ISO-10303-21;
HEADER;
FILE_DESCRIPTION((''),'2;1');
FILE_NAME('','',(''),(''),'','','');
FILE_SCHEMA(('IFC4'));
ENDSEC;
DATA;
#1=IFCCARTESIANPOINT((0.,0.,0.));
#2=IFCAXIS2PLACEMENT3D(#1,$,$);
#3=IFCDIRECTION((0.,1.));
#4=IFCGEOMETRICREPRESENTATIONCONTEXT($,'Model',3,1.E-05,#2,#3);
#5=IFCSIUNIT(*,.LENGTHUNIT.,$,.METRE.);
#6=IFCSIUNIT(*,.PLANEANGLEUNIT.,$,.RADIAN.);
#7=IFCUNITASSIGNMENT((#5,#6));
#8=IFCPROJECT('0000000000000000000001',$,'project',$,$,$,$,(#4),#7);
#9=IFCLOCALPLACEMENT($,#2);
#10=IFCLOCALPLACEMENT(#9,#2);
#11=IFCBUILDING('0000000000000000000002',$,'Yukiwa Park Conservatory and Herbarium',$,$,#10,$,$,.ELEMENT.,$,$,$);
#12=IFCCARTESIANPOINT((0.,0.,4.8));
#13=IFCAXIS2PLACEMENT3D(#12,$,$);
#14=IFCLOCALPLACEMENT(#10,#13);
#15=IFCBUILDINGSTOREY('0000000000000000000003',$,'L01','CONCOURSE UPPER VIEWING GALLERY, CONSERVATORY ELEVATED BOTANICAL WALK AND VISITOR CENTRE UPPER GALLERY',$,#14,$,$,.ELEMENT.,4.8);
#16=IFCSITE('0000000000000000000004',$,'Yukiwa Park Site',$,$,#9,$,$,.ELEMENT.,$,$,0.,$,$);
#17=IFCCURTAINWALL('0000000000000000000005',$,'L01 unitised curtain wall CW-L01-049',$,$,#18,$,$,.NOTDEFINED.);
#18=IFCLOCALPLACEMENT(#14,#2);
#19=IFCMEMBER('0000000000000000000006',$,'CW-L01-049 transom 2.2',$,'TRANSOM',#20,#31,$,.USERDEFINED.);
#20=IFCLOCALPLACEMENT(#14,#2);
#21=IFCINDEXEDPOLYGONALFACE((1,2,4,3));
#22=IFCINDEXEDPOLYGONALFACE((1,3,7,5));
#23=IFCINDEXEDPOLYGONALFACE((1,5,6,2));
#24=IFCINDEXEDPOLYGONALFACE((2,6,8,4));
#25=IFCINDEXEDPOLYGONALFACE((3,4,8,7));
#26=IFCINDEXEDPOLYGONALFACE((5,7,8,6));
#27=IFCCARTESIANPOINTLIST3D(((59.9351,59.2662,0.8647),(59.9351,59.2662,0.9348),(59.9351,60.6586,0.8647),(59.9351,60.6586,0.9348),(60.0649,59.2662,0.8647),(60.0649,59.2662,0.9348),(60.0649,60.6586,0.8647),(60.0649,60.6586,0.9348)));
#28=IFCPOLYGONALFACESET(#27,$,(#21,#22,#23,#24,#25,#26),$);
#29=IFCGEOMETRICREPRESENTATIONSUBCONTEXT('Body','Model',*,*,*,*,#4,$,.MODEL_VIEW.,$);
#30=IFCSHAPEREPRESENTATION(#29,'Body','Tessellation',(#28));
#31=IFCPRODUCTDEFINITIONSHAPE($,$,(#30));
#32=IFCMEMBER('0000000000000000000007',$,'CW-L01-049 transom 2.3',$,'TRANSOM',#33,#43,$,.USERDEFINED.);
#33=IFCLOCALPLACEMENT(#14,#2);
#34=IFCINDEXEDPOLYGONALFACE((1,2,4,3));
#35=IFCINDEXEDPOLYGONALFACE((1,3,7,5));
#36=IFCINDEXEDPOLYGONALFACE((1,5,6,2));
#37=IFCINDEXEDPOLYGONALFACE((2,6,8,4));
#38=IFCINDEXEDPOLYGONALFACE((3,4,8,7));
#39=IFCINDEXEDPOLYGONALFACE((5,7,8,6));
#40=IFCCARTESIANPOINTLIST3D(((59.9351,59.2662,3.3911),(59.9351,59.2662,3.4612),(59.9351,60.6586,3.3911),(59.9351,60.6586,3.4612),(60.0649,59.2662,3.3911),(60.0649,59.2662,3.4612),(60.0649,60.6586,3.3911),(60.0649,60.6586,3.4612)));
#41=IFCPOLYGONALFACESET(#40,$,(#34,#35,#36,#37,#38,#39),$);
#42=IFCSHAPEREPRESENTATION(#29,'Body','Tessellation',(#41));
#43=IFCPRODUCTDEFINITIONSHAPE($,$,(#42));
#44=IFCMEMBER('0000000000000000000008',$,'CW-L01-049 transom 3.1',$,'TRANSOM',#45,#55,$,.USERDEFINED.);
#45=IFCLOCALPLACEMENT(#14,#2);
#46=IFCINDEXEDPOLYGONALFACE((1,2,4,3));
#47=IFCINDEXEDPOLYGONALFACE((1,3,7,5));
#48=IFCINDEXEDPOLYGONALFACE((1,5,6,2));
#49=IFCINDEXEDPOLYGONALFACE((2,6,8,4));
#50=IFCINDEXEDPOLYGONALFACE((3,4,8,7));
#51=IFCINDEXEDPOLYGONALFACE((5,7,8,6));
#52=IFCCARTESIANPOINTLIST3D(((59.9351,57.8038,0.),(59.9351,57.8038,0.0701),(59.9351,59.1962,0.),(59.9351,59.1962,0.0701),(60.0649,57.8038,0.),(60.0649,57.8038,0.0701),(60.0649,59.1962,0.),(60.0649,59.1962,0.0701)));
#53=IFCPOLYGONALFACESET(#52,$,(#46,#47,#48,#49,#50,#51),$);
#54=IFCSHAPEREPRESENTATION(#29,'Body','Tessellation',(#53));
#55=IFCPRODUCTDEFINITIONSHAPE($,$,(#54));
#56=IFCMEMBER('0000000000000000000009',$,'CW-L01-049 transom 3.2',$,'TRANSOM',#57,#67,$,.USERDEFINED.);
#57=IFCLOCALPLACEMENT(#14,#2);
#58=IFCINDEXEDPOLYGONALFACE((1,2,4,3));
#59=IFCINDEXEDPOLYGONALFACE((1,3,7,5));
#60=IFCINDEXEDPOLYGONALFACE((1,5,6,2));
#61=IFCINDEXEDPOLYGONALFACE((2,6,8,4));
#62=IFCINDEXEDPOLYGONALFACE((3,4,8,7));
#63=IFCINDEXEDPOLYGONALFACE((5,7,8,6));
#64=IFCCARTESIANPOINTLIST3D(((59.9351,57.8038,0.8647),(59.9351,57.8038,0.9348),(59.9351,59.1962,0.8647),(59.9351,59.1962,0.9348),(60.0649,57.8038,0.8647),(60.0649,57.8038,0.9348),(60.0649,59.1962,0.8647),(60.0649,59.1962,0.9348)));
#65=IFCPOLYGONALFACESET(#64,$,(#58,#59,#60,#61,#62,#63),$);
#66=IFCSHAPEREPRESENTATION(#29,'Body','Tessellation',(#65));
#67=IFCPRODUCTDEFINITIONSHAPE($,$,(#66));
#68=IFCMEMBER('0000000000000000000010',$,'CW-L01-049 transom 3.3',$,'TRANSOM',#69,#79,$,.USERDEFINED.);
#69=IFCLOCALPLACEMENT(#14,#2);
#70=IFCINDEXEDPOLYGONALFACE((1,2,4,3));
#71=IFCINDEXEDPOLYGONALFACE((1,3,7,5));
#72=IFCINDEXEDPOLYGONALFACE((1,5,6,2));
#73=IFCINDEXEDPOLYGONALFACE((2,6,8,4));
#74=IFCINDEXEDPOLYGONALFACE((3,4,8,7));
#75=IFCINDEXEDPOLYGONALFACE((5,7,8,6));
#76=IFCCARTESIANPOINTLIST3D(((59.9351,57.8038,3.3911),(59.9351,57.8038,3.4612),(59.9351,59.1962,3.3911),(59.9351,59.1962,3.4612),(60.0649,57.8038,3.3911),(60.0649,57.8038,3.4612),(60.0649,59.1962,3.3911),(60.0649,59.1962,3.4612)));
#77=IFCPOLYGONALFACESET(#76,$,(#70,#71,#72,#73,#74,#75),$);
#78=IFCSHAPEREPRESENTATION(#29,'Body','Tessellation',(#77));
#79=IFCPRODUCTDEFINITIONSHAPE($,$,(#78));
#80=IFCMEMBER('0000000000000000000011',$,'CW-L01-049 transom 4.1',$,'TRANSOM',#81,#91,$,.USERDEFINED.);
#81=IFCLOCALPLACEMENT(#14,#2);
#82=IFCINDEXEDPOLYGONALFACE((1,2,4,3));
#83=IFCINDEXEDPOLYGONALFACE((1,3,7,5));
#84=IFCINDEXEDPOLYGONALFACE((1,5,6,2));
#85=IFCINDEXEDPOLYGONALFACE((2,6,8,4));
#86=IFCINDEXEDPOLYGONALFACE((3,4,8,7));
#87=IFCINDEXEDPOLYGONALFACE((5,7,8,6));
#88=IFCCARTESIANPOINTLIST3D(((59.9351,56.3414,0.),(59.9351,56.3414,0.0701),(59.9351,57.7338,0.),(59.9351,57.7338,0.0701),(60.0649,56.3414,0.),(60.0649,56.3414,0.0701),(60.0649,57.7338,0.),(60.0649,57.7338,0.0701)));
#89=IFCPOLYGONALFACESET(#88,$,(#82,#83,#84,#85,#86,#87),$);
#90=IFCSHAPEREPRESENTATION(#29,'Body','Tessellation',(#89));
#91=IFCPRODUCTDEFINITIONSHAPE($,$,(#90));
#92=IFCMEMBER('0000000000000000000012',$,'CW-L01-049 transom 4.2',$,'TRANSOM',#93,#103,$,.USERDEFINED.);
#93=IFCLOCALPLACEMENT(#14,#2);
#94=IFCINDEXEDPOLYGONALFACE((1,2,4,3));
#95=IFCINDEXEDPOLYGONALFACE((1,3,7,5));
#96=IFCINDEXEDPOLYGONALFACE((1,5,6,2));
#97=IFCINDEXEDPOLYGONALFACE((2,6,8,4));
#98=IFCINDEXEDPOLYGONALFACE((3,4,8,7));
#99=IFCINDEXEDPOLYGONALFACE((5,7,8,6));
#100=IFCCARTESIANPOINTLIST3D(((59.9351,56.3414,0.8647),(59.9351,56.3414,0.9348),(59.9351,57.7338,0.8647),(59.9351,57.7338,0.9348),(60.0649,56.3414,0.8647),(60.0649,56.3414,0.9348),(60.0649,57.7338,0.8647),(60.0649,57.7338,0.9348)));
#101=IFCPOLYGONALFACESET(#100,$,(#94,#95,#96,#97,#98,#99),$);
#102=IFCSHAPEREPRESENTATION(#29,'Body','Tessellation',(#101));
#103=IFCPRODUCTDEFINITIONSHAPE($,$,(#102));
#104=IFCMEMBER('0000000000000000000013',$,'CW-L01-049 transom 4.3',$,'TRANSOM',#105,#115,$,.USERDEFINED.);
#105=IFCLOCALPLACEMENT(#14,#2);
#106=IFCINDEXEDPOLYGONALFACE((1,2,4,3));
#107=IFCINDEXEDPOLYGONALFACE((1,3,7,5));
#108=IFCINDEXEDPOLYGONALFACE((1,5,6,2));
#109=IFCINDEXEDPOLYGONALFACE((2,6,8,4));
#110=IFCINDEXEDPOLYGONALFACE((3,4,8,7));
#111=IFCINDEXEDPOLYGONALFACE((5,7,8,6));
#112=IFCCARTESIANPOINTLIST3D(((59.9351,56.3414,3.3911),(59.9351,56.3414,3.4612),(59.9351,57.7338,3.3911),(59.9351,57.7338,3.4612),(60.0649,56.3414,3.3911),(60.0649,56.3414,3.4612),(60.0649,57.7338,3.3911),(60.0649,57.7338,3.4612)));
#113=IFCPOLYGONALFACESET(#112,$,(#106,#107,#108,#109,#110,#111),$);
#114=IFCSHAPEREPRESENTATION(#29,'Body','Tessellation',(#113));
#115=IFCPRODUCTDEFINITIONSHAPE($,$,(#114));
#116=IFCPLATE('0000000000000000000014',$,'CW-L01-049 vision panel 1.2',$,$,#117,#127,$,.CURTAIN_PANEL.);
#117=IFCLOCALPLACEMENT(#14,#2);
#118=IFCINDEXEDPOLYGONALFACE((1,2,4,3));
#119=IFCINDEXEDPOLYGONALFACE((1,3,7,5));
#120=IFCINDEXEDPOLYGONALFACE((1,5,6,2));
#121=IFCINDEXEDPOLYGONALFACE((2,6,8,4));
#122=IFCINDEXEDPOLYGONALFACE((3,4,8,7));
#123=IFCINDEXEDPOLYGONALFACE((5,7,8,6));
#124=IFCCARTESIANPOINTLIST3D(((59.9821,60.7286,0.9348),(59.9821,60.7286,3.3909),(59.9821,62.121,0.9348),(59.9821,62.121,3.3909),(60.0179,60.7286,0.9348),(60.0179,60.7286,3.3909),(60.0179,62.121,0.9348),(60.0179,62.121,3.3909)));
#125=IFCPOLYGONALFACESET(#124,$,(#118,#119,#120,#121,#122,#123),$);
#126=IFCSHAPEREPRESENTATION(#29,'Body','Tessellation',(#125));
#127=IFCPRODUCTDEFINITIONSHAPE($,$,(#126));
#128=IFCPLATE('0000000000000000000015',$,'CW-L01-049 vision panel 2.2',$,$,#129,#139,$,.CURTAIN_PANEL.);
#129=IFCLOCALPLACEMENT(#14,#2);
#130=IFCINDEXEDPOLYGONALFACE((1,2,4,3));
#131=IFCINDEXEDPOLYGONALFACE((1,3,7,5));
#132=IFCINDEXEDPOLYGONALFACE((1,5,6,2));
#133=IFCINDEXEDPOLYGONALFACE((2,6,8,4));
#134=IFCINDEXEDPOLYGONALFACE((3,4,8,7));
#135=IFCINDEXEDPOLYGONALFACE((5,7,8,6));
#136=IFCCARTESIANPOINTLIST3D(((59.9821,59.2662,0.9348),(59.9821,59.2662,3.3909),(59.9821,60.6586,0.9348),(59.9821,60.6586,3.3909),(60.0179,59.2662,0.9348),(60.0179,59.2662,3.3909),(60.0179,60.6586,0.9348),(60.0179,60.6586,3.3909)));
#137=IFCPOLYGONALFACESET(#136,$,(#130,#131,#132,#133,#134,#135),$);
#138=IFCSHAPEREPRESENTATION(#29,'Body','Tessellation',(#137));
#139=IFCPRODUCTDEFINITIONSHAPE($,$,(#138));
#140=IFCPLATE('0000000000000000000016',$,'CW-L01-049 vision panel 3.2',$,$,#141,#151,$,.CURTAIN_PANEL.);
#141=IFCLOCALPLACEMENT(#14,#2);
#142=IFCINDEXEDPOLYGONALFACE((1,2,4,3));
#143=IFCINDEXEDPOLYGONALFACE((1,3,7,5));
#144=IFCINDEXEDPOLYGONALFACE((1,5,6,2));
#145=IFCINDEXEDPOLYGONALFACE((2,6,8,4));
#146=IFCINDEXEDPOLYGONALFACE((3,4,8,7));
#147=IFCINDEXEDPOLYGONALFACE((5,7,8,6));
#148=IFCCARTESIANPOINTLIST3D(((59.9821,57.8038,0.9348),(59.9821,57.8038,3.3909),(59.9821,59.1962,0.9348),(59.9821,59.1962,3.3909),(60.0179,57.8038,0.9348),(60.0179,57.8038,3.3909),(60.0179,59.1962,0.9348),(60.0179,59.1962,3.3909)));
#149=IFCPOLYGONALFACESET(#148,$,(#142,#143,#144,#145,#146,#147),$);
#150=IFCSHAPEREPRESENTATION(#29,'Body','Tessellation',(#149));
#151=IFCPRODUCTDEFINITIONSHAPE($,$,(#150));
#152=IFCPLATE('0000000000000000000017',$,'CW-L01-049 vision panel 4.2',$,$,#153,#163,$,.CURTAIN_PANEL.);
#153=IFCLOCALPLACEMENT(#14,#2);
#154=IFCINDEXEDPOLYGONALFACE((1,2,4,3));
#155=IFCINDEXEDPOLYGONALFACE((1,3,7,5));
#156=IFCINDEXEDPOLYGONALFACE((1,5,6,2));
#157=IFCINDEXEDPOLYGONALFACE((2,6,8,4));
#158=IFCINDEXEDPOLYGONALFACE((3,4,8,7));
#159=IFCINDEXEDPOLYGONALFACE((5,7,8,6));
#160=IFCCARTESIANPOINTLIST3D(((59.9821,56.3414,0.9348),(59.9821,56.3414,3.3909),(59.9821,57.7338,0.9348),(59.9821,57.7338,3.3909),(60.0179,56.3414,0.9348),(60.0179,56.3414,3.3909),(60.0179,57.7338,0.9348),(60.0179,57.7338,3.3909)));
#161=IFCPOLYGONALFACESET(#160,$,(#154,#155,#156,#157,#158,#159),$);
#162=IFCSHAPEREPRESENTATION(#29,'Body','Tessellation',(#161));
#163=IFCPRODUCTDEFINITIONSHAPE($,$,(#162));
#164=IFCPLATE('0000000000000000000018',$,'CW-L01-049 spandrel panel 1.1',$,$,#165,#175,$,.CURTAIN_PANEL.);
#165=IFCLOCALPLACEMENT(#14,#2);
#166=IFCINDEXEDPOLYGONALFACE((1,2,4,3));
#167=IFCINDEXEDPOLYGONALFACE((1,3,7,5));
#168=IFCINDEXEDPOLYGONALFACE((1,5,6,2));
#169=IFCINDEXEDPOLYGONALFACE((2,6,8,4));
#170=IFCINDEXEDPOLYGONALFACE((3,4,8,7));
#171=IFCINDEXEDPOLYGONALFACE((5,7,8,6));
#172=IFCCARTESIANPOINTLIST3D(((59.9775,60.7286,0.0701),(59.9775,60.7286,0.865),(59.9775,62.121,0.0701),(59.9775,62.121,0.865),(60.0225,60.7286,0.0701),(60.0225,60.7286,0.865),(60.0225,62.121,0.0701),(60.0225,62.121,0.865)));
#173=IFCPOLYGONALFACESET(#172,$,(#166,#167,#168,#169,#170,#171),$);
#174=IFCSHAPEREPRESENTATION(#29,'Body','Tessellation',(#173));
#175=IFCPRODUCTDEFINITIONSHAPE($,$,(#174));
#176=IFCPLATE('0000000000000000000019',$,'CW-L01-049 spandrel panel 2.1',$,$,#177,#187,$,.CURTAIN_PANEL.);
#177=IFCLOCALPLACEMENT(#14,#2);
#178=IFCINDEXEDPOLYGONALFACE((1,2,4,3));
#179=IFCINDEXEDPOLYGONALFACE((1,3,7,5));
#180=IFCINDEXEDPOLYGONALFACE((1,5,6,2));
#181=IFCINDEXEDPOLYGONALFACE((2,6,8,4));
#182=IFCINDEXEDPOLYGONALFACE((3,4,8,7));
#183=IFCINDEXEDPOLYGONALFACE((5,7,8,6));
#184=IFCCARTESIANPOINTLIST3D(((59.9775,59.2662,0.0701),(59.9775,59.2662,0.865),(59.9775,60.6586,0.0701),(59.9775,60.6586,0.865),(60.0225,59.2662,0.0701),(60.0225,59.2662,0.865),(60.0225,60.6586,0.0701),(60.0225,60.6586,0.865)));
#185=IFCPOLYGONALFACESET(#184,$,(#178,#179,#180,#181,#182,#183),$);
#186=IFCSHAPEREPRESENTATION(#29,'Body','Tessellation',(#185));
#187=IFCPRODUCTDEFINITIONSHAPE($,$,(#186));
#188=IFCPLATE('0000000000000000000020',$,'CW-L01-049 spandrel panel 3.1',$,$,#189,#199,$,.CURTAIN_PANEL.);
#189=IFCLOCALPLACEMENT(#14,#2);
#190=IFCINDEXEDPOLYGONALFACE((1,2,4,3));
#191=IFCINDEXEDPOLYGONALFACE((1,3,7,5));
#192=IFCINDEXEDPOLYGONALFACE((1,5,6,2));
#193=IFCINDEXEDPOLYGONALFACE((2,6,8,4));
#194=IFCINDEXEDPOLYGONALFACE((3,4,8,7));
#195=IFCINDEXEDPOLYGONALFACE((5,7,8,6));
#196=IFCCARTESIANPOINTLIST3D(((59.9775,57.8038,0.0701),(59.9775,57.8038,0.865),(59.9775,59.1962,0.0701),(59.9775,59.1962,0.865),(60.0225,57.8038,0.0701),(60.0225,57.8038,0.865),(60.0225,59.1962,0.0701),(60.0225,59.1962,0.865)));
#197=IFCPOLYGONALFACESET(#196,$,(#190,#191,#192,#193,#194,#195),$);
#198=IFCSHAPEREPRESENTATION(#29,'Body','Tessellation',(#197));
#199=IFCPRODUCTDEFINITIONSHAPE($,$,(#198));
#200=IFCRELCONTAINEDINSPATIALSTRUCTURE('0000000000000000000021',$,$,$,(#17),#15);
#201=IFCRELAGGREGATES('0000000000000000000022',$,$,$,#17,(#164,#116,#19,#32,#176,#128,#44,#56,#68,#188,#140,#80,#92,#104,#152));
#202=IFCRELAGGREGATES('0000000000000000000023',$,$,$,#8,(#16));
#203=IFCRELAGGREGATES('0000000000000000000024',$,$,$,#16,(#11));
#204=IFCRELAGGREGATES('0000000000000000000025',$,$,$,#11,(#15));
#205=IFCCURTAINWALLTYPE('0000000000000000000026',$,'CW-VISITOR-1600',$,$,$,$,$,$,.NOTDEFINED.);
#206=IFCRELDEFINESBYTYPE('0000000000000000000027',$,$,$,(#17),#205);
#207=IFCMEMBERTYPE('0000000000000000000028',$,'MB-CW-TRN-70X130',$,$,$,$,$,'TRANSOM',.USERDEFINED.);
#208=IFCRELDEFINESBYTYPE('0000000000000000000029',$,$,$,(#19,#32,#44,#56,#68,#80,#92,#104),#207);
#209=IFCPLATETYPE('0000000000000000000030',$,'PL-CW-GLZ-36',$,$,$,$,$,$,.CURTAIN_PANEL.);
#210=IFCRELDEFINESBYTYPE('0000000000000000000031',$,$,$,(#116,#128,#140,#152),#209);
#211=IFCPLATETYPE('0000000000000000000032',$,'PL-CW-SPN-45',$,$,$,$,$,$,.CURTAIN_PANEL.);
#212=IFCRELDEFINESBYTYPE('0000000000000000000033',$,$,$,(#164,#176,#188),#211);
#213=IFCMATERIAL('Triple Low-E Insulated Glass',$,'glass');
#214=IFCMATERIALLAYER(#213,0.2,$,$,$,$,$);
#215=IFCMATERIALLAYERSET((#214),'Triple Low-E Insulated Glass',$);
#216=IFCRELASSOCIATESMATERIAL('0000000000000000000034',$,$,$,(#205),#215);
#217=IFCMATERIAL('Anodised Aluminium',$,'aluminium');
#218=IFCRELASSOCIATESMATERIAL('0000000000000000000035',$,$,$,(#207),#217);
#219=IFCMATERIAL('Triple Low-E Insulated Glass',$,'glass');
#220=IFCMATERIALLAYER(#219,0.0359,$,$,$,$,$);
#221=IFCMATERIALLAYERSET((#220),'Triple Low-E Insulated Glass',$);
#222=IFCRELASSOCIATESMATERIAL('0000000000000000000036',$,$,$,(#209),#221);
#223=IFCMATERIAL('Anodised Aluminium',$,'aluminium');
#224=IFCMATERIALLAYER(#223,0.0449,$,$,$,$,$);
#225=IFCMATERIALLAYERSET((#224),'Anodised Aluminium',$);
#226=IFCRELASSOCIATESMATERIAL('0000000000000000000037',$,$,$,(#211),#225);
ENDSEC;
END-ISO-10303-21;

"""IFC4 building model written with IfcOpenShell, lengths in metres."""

from ifc_helpers import new_model, si_unit, direction, frame, origin, origin_2d, place, context, subcontext, project, spatial, rectangle, extrude, material, layer, layer_set, type_object, element, aggregate, save


model = new_model("IFC4")

# Units and contexts
model_context = context("Model", 3, precision=1e-05, world=origin(), true_north=direction((0.0, 1.0)))
body_context = subcontext(model_context, "Body", "Model", "MODEL_VIEW")
ifc_project = project(units=[si_unit("LENGTHUNIT", "METRE"), si_unit("PLANEANGLEUNIT", "RADIAN")], contexts=[model_context])

# Site, building, storey
site_placement = place(None, origin())
site = spatial("IfcSite", under=ifc_project, at=site_placement, Name="Yukiwa Park Site", CompositionType="ELEMENT", RefElevation=0.0)
building_placement = place(site_placement, origin())
building = spatial("IfcBuilding", under=site, at=building_placement, Name="Yukiwa Park Conservatory and Herbarium", CompositionType="ELEMENT")
storey_placement = place(building_placement, frame((0.0, 0.0, 4.8)))
storey = spatial("IfcBuildingStorey", under=building, at=storey_placement, Name="L01", Description="CONCOURSE UPPER VIEWING GALLERY, CONSERVATORY ELEVATED BOTANICAL WALK AND VISITOR CENTRE UPPER GALLERY", CompositionType="ELEMENT", Elevation=4.8)

# Shared definitions
ifc_material_1 = material(Name="Triple Low-E Insulated Glass", Category="glass")
ifc_layer_1 = layer(ifc_material_1, 0.2)
ifc_layer_set_1 = layer_set([ifc_layer_1], Name="Triple Low-E Insulated Glass")
curtain_wall_type = type_object("IfcCurtainWallType", Name="CW-VISITOR-1600", PredefinedType="NOTDEFINED", material=ifc_layer_set_1)

# Curtain wall
curtain_wall_1_placement = place(storey_placement, origin())
curtain_wall_1 = element("IfcCurtainWall", 1, at=curtain_wall_1_placement, inside=storey, type_object=curtain_wall_type, Name="L01 unitised curtain wall CW-L01-049", PredefinedType="NOTDEFINED")

# Members
ifc_material_2 = material(Name="Anodised Aluminium", Category="aluminium")
member_type_1 = type_object("IfcMemberType", Name="MB-CW-TRN-70X130", ElementType="TRANSOM", PredefinedType="USERDEFINED", material=ifc_material_2)
member_1_placement = place(storey_placement, frame((60.0, 59.9624, 0.8647), z_axis=(0.0, 0.0, 1.0), x_axis=(0.0, -1.0, 0.0)))
member_1 = element("IfcMember", 2, at=member_1_placement, type_object=member_type_1, Name="CW-L01-049 transom 2.2", ObjectType="TRANSOM", PredefinedType="USERDEFINED", context=body_context, shape_type="SweptSolid", body=[
    extrude(rectangle(XDim=1.3923, YDim=0.1299, at=origin_2d()), origin(), (0.0, 0.0, 1.0), 0.0701),
])
member_2_placement = place(storey_placement, frame((60.0, 59.9624, 3.3911), z_axis=(0.0, 0.0, 1.0), x_axis=(0.0, -1.0, 0.0)))
member_2 = element("IfcMember", 3, at=member_2_placement, type_object=member_type_1, Name="CW-L01-049 transom 2.3", ObjectType="TRANSOM", PredefinedType="USERDEFINED", context=body_context, shape_type="SweptSolid", body=[
    extrude(rectangle(XDim=1.3923, YDim=0.1299, at=origin_2d()), origin(), (0.0, 0.0, 1.0), 0.0701),
])
member_3_placement = place(storey_placement, frame((60.0, 58.5, 0.0), z_axis=(0.0, 0.0, 1.0), x_axis=(0.0, -1.0, 0.0)))
member_3 = element("IfcMember", 4, at=member_3_placement, type_object=member_type_1, Name="CW-L01-049 transom 3.1", ObjectType="TRANSOM", PredefinedType="USERDEFINED", context=body_context, shape_type="SweptSolid", body=[
    extrude(rectangle(XDim=1.3923, YDim=0.1299, at=origin_2d()), origin(), (0.0, 0.0, 1.0), 0.0701),
])
member_4_placement = place(storey_placement, frame((60.0, 58.5, 0.8647), z_axis=(0.0, 0.0, 1.0), x_axis=(0.0, -1.0, 0.0)))
member_4 = element("IfcMember", 5, at=member_4_placement, type_object=member_type_1, Name="CW-L01-049 transom 3.2", ObjectType="TRANSOM", PredefinedType="USERDEFINED", context=body_context, shape_type="SweptSolid", body=[
    extrude(rectangle(XDim=1.3923, YDim=0.1299, at=origin_2d()), origin(), (0.0, 0.0, 1.0), 0.0701),
])
member_5_placement = place(storey_placement, frame((60.0, 58.5, 3.3911), z_axis=(0.0, 0.0, 1.0), x_axis=(0.0, -1.0, 0.0)))
member_5 = element("IfcMember", 6, at=member_5_placement, type_object=member_type_1, Name="CW-L01-049 transom 3.3", ObjectType="TRANSOM", PredefinedType="USERDEFINED", context=body_context, shape_type="SweptSolid", body=[
    extrude(rectangle(XDim=1.3923, YDim=0.1299, at=origin_2d()), origin(), (0.0, 0.0, 1.0), 0.0701),
])
member_6_placement = place(storey_placement, frame((60.0, 57.0376, 0.0), z_axis=(0.0, 0.0, 1.0), x_axis=(0.0, -1.0, 0.0)))
member_6 = element("IfcMember", 7, at=member_6_placement, type_object=member_type_1, Name="CW-L01-049 transom 4.1", ObjectType="TRANSOM", PredefinedType="USERDEFINED", context=body_context, shape_type="SweptSolid", body=[
    extrude(rectangle(XDim=1.3923, YDim=0.1299, at=origin_2d()), origin(), (0.0, 0.0, 1.0), 0.0701),
])
member_7_placement = place(storey_placement, frame((60.0, 57.0376, 0.8647), z_axis=(0.0, 0.0, 1.0), x_axis=(0.0, -1.0, 0.0)))
member_7 = element("IfcMember", 8, at=member_7_placement, type_object=member_type_1, Name="CW-L01-049 transom 4.2", ObjectType="TRANSOM", PredefinedType="USERDEFINED", context=body_context, shape_type="SweptSolid", body=[
    extrude(rectangle(XDim=1.3923, YDim=0.1299, at=origin_2d()), origin(), (0.0, 0.0, 1.0), 0.0701),
])
member_8_placement = place(storey_placement, frame((60.0, 57.0376, 3.3911), z_axis=(0.0, 0.0, 1.0), x_axis=(0.0, -1.0, 0.0)))
member_8 = element("IfcMember", 9, at=member_8_placement, type_object=member_type_1, Name="CW-L01-049 transom 4.3", ObjectType="TRANSOM", PredefinedType="USERDEFINED", context=body_context, shape_type="SweptSolid", body=[
    extrude(rectangle(XDim=1.3923, YDim=0.1299, at=origin_2d()), origin(), (0.0, 0.0, 1.0), 0.0701),
])

# Plates
ifc_material_3 = material(Name="Triple Low-E Insulated Glass", Category="glass")
ifc_layer_2 = layer(ifc_material_3, 0.0359)
ifc_layer_set_2 = layer_set([ifc_layer_2], Name="Triple Low-E Insulated Glass")
plate_type_1 = type_object("IfcPlateType", Name="PL-CW-GLZ-36", PredefinedType="CURTAIN_PANEL", material=ifc_layer_set_2)
plate_1_placement = place(storey_placement, frame((60.0, 61.4248, 0.9348), z_axis=(0.0, 0.0, 1.0), x_axis=(0.0, -1.0, 0.0)))
plate_1 = element("IfcPlate", 10, at=plate_1_placement, type_object=plate_type_1, Name="CW-L01-049 vision panel 1.2", PredefinedType="CURTAIN_PANEL", context=body_context, shape_type="SweptSolid", body=[
    extrude(rectangle(XDim=1.3923, YDim=0.0359, at=origin_2d()), origin(), (0.0, 0.0, 1.0), 2.4561),
])
plate_2_placement = place(storey_placement, frame((60.0, 59.9624, 0.9348), z_axis=(0.0, 0.0, 1.0), x_axis=(0.0, -1.0, 0.0)))
plate_2 = element("IfcPlate", 11, at=plate_2_placement, type_object=plate_type_1, Name="CW-L01-049 vision panel 2.2", PredefinedType="CURTAIN_PANEL", context=body_context, shape_type="SweptSolid", body=[
    extrude(rectangle(XDim=1.3923, YDim=0.0359, at=origin_2d()), origin(), (0.0, 0.0, 1.0), 2.4561),
])
plate_3_placement = place(storey_placement, frame((60.0, 58.5, 0.9348), z_axis=(0.0, 0.0, 1.0), x_axis=(0.0, -1.0, 0.0)))
plate_3 = element("IfcPlate", 12, at=plate_3_placement, type_object=plate_type_1, Name="CW-L01-049 vision panel 3.2", PredefinedType="CURTAIN_PANEL", context=body_context, shape_type="SweptSolid", body=[
    extrude(rectangle(XDim=1.3923, YDim=0.0359, at=origin_2d()), origin(), (0.0, 0.0, 1.0), 2.4561),
])
plate_4_placement = place(storey_placement, frame((60.0, 57.0376, 0.9348), z_axis=(0.0, 0.0, 1.0), x_axis=(0.0, -1.0, 0.0)))
plate_4 = element("IfcPlate", 13, at=plate_4_placement, type_object=plate_type_1, Name="CW-L01-049 vision panel 4.2", PredefinedType="CURTAIN_PANEL", context=body_context, shape_type="SweptSolid", body=[
    extrude(rectangle(XDim=1.3923, YDim=0.0359, at=origin_2d()), origin(), (0.0, 0.0, 1.0), 2.4561),
])
ifc_material_4 = material(Name="Anodised Aluminium", Category="aluminium")
ifc_layer_3 = layer(ifc_material_4, 0.0449)
ifc_layer_set_3 = layer_set([ifc_layer_3], Name="Anodised Aluminium")
plate_type_2 = type_object("IfcPlateType", Name="PL-CW-SPN-45", PredefinedType="CURTAIN_PANEL", material=ifc_layer_set_3)
plate_5_placement = place(storey_placement, frame((60.0, 61.4248, 0.0701), z_axis=(0.0, 0.0, 1.0), x_axis=(0.0, -1.0, 0.0)))
plate_5 = element("IfcPlate", 14, at=plate_5_placement, type_object=plate_type_2, Name="CW-L01-049 spandrel panel 1.1", PredefinedType="CURTAIN_PANEL", context=body_context, shape_type="SweptSolid", body=[
    extrude(rectangle(XDim=1.3923, YDim=0.0449, at=origin_2d()), origin(), (0.0, 0.0, 1.0), 0.7949),
])
plate_6_placement = place(storey_placement, frame((60.0, 59.9624, 0.0701), z_axis=(0.0, 0.0, 1.0), x_axis=(0.0, -1.0, 0.0)))
plate_6 = element("IfcPlate", 15, at=plate_6_placement, type_object=plate_type_2, Name="CW-L01-049 spandrel panel 2.1", PredefinedType="CURTAIN_PANEL", context=body_context, shape_type="SweptSolid", body=[
    extrude(rectangle(XDim=1.3923, YDim=0.0449, at=origin_2d()), origin(), (0.0, 0.0, 1.0), 0.7949),
])
plate_7_placement = place(storey_placement, frame((60.0, 58.5, 0.0701), z_axis=(0.0, 0.0, 1.0), x_axis=(0.0, -1.0, 0.0)))
plate_7 = element("IfcPlate", 16, at=plate_7_placement, type_object=plate_type_2, Name="CW-L01-049 spandrel panel 3.1", PredefinedType="CURTAIN_PANEL", context=body_context, shape_type="SweptSolid", body=[
    extrude(rectangle(XDim=1.3923, YDim=0.0449, at=origin_2d()), origin(), (0.0, 0.0, 1.0), 0.7949),
])
aggregate(curtain_wall_1, [plate_5, plate_1, member_1, member_2, plate_6, plate_2, member_3, member_4, member_5, plate_7, plate_3, member_6, member_7, member_8, plate_4])

save(model, "model.ifc")
